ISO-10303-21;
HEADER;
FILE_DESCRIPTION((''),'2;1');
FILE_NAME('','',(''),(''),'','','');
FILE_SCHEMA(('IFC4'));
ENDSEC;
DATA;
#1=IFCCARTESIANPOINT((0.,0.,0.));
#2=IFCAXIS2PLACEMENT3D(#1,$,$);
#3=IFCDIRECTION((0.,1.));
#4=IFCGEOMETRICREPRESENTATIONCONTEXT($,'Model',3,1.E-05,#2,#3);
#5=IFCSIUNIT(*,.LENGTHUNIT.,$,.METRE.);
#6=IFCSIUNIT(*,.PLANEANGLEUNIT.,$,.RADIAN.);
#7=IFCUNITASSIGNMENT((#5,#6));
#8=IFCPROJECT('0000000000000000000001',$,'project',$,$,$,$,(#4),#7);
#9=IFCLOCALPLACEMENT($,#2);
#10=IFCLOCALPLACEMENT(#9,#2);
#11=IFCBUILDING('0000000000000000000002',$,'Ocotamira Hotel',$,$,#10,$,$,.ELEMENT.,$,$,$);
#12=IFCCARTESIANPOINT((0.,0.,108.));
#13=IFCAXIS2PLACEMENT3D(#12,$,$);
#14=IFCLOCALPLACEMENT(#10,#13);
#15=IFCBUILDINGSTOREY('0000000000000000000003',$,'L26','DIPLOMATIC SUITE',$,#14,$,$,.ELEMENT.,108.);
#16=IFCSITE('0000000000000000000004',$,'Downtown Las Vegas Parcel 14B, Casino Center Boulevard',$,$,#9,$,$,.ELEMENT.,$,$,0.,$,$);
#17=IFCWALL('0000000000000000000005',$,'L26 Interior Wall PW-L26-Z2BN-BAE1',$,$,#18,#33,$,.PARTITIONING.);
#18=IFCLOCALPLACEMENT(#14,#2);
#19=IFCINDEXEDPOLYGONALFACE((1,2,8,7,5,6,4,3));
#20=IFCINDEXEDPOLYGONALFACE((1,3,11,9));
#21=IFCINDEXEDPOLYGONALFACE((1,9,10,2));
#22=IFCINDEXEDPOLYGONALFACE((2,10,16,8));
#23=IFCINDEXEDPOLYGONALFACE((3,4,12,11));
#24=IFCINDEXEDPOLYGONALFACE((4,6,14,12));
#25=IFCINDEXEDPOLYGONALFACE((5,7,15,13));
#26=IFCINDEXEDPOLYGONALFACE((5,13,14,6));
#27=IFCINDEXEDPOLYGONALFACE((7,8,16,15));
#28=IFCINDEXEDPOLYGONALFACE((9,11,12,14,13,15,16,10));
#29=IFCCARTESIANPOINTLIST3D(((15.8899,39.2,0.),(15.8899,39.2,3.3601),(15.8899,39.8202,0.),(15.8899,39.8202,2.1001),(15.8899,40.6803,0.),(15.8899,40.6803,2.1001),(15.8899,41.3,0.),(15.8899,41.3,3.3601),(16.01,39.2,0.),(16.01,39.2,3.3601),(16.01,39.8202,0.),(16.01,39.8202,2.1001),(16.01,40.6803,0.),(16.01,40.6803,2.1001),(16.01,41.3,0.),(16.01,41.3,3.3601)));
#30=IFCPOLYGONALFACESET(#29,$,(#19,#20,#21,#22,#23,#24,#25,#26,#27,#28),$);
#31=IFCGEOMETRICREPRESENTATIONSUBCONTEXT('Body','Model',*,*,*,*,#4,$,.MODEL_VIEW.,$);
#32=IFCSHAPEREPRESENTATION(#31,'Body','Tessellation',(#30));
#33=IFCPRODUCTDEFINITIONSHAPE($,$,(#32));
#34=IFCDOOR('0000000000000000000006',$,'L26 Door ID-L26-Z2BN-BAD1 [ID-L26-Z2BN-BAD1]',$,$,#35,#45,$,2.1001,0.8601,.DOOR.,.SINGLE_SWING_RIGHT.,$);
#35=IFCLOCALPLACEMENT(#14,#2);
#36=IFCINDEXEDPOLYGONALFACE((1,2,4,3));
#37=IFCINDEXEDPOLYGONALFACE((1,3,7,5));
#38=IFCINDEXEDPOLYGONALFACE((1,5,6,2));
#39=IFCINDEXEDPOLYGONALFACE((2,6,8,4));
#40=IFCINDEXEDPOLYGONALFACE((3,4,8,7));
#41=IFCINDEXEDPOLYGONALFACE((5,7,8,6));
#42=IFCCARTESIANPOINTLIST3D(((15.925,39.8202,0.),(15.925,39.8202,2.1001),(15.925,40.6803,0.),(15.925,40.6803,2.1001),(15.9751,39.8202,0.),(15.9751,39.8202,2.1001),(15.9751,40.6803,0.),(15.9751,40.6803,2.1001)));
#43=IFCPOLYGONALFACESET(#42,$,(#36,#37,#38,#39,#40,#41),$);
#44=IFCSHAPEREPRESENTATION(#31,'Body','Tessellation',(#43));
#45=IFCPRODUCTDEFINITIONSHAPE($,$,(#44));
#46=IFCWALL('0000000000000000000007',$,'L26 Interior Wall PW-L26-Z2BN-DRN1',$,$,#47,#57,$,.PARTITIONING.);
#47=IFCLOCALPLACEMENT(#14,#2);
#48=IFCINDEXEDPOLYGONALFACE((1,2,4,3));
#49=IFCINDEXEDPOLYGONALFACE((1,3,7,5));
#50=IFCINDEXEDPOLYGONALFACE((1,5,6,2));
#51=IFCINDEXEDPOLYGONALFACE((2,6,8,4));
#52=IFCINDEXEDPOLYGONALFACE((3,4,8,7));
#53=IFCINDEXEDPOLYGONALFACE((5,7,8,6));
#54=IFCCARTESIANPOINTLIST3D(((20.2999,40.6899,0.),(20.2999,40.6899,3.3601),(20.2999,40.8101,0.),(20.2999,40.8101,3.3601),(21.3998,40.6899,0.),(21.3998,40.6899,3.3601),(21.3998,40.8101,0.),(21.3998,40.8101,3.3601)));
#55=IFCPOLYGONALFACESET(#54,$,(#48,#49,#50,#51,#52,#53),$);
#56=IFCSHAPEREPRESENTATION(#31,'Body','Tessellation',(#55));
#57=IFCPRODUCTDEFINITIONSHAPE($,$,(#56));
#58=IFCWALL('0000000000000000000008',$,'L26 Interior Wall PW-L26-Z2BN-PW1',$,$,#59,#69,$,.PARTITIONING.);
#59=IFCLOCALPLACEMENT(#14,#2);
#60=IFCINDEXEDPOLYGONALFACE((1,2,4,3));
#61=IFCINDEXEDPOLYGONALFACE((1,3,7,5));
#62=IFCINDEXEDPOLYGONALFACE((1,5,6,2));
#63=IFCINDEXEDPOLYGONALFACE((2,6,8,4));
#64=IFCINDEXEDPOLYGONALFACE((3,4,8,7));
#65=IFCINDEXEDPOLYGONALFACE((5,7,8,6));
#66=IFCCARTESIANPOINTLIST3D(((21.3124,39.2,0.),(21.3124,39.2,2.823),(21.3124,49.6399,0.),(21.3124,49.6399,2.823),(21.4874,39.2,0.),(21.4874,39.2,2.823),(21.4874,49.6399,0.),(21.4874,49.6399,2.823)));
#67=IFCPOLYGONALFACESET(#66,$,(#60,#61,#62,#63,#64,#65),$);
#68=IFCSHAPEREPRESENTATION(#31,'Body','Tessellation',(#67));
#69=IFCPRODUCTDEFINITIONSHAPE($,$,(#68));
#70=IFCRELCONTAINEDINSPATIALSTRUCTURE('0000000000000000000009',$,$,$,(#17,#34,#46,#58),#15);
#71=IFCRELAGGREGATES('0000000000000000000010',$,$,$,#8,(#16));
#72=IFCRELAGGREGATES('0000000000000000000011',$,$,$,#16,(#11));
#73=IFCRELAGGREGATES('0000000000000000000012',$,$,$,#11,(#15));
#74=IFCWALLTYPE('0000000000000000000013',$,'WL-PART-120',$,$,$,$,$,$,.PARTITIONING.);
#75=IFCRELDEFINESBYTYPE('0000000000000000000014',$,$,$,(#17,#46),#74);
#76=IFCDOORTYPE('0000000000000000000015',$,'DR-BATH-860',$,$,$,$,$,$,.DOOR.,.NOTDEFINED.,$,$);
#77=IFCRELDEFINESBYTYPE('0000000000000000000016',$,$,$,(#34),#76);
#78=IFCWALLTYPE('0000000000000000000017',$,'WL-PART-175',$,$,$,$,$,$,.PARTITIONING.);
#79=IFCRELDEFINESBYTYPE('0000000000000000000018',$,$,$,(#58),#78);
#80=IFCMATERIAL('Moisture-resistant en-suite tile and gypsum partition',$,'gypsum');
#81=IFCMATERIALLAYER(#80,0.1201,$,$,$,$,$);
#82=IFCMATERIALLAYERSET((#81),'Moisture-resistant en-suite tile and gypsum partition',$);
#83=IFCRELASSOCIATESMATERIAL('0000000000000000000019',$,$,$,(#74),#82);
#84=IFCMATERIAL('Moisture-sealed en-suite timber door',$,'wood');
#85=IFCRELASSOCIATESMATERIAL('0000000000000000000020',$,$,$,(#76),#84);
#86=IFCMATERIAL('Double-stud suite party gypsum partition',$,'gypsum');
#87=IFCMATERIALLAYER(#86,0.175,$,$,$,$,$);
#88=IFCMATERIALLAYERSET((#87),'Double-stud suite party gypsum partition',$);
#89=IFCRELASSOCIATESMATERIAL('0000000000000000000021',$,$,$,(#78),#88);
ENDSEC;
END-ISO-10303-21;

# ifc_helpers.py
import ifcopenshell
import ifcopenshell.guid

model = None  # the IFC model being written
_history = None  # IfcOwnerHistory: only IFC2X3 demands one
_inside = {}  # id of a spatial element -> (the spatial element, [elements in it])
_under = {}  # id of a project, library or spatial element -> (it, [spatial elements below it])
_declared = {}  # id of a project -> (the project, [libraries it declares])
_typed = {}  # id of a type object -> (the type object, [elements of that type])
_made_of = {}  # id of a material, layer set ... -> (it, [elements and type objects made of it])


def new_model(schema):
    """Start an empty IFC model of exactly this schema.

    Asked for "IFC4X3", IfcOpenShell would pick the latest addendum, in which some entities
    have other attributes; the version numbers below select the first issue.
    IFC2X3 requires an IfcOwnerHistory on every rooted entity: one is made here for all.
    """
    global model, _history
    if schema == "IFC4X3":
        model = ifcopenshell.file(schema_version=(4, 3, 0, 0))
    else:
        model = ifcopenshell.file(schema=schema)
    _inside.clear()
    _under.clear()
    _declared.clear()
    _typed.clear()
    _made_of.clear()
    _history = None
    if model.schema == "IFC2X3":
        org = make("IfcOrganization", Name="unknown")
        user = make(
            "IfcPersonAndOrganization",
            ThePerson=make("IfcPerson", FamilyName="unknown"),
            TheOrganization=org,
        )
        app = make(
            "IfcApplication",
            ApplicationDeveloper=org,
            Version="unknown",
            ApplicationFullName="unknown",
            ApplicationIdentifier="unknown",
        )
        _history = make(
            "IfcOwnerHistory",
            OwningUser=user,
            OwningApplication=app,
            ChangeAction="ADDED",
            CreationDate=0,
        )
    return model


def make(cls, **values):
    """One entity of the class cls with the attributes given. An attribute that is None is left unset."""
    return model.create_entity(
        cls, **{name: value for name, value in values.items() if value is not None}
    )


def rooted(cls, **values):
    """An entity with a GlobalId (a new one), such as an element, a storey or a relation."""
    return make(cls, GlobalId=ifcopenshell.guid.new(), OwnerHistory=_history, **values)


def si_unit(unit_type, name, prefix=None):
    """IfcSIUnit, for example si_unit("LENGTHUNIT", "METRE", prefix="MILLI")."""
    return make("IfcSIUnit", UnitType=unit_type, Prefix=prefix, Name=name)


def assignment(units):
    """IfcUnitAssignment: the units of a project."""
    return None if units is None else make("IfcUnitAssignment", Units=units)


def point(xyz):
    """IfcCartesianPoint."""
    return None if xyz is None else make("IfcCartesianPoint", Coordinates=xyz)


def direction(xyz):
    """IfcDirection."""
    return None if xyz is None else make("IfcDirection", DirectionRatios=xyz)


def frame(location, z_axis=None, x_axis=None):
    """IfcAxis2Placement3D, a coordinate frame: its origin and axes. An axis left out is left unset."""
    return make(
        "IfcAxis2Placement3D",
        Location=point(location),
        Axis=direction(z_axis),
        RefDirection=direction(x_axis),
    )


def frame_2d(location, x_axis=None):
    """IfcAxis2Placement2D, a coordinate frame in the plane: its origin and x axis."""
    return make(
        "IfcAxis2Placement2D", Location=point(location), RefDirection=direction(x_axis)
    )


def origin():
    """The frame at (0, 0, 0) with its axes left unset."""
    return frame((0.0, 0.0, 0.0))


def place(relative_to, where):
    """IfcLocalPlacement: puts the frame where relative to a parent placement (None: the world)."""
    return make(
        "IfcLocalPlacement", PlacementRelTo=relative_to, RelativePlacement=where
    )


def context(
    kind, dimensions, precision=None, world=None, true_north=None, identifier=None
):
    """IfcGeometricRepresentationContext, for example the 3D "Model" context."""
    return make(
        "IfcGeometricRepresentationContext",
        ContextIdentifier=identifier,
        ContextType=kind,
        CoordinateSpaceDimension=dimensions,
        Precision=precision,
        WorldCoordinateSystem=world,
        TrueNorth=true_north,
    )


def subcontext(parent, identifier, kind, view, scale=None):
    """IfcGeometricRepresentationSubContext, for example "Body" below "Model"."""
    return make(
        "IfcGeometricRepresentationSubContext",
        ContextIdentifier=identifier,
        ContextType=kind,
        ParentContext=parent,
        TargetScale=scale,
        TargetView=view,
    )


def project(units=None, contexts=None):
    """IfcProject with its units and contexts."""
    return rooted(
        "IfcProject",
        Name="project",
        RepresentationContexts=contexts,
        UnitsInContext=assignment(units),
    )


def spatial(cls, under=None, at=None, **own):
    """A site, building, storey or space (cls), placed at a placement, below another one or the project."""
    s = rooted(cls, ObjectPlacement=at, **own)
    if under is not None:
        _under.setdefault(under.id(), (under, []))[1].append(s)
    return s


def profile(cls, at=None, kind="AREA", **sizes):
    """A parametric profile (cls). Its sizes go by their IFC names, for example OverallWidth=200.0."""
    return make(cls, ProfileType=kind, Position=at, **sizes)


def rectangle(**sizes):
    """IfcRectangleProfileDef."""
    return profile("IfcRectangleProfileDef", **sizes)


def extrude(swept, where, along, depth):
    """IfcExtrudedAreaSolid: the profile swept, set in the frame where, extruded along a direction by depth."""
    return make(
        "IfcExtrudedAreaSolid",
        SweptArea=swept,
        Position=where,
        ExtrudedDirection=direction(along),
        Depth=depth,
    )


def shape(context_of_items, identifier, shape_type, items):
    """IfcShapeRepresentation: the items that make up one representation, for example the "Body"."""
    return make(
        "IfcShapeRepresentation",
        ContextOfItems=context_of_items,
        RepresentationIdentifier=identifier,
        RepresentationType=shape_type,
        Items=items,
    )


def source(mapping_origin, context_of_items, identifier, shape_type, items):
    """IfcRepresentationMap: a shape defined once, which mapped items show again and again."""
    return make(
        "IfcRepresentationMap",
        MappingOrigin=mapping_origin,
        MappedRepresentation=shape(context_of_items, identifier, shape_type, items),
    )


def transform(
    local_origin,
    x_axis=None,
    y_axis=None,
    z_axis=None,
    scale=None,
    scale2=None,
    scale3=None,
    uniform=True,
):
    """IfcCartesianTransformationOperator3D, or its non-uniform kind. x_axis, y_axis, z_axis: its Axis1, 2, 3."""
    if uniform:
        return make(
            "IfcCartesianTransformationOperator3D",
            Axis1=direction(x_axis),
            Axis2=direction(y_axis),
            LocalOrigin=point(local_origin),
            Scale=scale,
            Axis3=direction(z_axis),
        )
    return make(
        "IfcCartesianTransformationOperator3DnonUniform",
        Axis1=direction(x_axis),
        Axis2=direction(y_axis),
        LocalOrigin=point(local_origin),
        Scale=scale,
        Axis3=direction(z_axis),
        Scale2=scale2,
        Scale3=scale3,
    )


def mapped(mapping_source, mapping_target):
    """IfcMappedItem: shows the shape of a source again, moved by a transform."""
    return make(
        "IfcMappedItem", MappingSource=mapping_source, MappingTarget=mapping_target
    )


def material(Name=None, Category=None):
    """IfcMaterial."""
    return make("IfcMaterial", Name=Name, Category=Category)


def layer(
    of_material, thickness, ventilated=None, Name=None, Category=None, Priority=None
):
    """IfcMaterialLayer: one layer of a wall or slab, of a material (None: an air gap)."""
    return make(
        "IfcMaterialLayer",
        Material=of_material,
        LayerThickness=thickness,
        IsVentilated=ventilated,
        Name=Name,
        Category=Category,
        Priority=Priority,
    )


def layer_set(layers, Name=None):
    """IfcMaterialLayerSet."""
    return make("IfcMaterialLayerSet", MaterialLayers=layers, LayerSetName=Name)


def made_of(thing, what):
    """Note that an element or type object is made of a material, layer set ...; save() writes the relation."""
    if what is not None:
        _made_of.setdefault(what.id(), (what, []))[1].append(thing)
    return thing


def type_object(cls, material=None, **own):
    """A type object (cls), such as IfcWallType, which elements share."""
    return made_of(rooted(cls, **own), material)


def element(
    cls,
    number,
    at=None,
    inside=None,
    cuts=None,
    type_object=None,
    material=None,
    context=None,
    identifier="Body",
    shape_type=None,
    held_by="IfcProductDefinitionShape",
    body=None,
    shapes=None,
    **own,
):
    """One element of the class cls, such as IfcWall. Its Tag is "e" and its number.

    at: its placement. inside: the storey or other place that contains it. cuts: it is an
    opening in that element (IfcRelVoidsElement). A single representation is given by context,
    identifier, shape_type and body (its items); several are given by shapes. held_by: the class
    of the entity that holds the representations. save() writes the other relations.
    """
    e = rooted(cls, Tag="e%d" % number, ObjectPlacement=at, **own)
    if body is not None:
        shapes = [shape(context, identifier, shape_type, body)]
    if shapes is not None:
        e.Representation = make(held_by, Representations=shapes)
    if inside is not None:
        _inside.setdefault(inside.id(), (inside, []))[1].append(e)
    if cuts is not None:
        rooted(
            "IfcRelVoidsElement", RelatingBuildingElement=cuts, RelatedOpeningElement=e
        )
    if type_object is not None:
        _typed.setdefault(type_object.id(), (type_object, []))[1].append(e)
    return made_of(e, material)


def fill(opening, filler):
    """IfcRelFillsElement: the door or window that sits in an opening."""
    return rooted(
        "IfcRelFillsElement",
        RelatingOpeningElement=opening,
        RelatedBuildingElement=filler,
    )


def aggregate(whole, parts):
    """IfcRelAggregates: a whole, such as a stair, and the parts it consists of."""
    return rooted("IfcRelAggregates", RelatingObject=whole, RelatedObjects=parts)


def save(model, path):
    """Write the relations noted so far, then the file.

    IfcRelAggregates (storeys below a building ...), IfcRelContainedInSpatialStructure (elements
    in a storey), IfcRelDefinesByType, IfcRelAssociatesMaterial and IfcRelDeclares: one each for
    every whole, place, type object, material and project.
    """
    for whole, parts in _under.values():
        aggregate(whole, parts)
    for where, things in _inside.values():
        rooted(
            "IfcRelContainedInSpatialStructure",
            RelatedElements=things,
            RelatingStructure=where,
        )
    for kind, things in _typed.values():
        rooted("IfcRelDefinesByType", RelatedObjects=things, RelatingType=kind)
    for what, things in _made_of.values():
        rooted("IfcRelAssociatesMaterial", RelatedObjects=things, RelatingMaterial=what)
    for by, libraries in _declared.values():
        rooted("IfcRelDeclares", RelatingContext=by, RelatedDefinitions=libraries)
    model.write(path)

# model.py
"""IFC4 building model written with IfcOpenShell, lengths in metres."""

from ifc_helpers import new_model, si_unit, direction, frame, frame_2d, origin, place, context, subcontext, project, spatial, rectangle, extrude, source, transform, mapped, material, layer, layer_set, type_object, element, fill, save


model = new_model("IFC4")

# Units and contexts
model_context = context("Model", 3, precision=1e-05, world=origin(), true_north=direction((0.0, 1.0)))
body_context = subcontext(model_context, "Body", "Model", "MODEL_VIEW")
ifc_project = project(units=[si_unit("LENGTHUNIT", "METRE"), si_unit("PLANEANGLEUNIT", "RADIAN")], contexts=[model_context])

# Site, building, storey
site_placement = place(None, origin())
site = spatial("IfcSite", under=ifc_project, at=site_placement, Name="Downtown Las Vegas Parcel 14B, Casino Center Boulevard", CompositionType="ELEMENT", RefElevation=0.0)
building_placement = place(site_placement, origin())
building = spatial("IfcBuilding", under=site, at=building_placement, Name="Ocotamira Hotel", CompositionType="ELEMENT")
storey_placement = place(building_placement, frame((0.0, 0.0, 108.0)))
storey = spatial("IfcBuildingStorey", under=building, at=storey_placement, Name="L26", Description="DIPLOMATIC SUITE", CompositionType="ELEMENT", Elevation=108.0)

# Wall, opening, door
ifc_material_1 = material(Name="Moisture-resistant en-suite tile and gypsum partition", Category="gypsum")
ifc_layer_1 = layer(ifc_material_1, 0.1201)
ifc_layer_set_1 = layer_set([ifc_layer_1], Name="Moisture-resistant en-suite tile and gypsum partition")
wall_type_1 = type_object("IfcWallType", Name="WL-PART-120", PredefinedType="PARTITIONING", material=ifc_layer_set_1)
wall_1_placement = place(storey_placement, frame((15.95, 39.2, 0.0), z_axis=(0.0, 0.0, 1.0), x_axis=(0.0, 1.0, 0.0)))
wall_1 = element("IfcWall", 1, at=wall_1_placement, inside=storey, type_object=wall_type_1, Name="L26 Interior Wall PW-L26-Z2BN-BAE1", PredefinedType="PARTITIONING", context=body_context, shape_type="SweptSolid", body=[
    extrude(rectangle(XDim=2.1001, YDim=0.1201, at=frame_2d((1.05, 0.0))), origin(), (0.0, 0.0, 1.0), 3.3601),
])
opening_placement = place(wall_1_placement, frame((0.6201, 0.0, 0.0)))
opening = element("IfcOpeningElement", 2, at=opening_placement, cuts=wall_1, PredefinedType="OPENING", context=body_context, shape_type="SweptSolid", body=[
    extrude(rectangle(XDim=0.8601, YDim=2.1001, at=frame_2d((0.4302, 1.05))), frame((0.0, 0.0701, 0.0), z_axis=(0.0, -1.0, 0.0), x_axis=(1.0, 0.0, 0.0)), (0.0, 0.0, 1.0), 0.1401),
])
ifc_material_2 = material(Name="Moisture-sealed en-suite timber door", Category="wood")
door_type = type_object("IfcDoorType", Name="DR-BATH-860", OperationType="NOTDEFINED", PredefinedType="DOOR", material=ifc_material_2)
shared_shape_1 = source(origin(), body_context, "Body", "SweptSolid", [
    extrude(rectangle(XDim=0.8601, YDim=2.1001, at=frame_2d((0.4302, 1.05))), frame((0.0, 0.0249, 0.0), z_axis=(0.0, -1.0, 0.0), x_axis=(1.0, 0.0, 0.0)), (0.0, 0.0, 1.0), 0.05),
])
door_placement = place(opening_placement, origin())
door = element("IfcDoor", 3, at=door_placement, inside=storey, type_object=door_type, Name="L26 Door ID-L26-Z2BN-BAD1 [ID-L26-Z2BN-BAD1]", OperationType="SINGLE_SWING_RIGHT", OverallHeight=2.1001, OverallWidth=0.8601, PredefinedType="DOOR", context=body_context, shape_type="MappedRepresentation", body=[
    mapped(shared_shape_1, transform((0.0, 0.0, 0.0), scale=1.0)),
])
fill(opening, door)

# Walls
wall_2_placement = place(storey_placement, frame((20.3, 40.75, 0.0), z_axis=(0.0, 0.0, 1.0), x_axis=(1.0, 0.0, 0.0)))
element("IfcWall", 4, at=wall_2_placement, inside=storey, type_object=wall_type_1, Name="L26 Interior Wall PW-L26-Z2BN-DRN1", PredefinedType="PARTITIONING", context=body_context, shape_type="SweptSolid", body=[
    extrude(rectangle(XDim=1.0999, YDim=0.1201, at=frame_2d((0.5498, 0.0))), origin(), (0.0, 0.0, 1.0), 3.3601),
])
ifc_material_3 = material(Name="Double-stud suite party gypsum partition", Category="gypsum")
ifc_layer_2 = layer(ifc_material_3, 0.175)
ifc_layer_set_2 = layer_set([ifc_layer_2], Name="Double-stud suite party gypsum partition")
wall_type_2 = type_object("IfcWallType", Name="WL-PART-175", PredefinedType="PARTITIONING", material=ifc_layer_set_2)
wall_3_placement = place(storey_placement, frame((21.3999, 39.2, 0.0), z_axis=(0.0, 0.0, 1.0), x_axis=(0.0, 1.0, 0.0)))
element("IfcWall", 5, at=wall_3_placement, inside=storey, type_object=wall_type_2, Name="L26 Interior Wall PW-L26-Z2BN-PW1", PredefinedType="PARTITIONING", context=body_context, shape_type="SweptSolid", body=[
    extrude(rectangle(XDim=10.4399, YDim=0.175, at=frame_2d((5.22, 0.0))), origin(), (0.0, 0.0, 1.0), 2.823),
])

save(model, "model.ifc")
